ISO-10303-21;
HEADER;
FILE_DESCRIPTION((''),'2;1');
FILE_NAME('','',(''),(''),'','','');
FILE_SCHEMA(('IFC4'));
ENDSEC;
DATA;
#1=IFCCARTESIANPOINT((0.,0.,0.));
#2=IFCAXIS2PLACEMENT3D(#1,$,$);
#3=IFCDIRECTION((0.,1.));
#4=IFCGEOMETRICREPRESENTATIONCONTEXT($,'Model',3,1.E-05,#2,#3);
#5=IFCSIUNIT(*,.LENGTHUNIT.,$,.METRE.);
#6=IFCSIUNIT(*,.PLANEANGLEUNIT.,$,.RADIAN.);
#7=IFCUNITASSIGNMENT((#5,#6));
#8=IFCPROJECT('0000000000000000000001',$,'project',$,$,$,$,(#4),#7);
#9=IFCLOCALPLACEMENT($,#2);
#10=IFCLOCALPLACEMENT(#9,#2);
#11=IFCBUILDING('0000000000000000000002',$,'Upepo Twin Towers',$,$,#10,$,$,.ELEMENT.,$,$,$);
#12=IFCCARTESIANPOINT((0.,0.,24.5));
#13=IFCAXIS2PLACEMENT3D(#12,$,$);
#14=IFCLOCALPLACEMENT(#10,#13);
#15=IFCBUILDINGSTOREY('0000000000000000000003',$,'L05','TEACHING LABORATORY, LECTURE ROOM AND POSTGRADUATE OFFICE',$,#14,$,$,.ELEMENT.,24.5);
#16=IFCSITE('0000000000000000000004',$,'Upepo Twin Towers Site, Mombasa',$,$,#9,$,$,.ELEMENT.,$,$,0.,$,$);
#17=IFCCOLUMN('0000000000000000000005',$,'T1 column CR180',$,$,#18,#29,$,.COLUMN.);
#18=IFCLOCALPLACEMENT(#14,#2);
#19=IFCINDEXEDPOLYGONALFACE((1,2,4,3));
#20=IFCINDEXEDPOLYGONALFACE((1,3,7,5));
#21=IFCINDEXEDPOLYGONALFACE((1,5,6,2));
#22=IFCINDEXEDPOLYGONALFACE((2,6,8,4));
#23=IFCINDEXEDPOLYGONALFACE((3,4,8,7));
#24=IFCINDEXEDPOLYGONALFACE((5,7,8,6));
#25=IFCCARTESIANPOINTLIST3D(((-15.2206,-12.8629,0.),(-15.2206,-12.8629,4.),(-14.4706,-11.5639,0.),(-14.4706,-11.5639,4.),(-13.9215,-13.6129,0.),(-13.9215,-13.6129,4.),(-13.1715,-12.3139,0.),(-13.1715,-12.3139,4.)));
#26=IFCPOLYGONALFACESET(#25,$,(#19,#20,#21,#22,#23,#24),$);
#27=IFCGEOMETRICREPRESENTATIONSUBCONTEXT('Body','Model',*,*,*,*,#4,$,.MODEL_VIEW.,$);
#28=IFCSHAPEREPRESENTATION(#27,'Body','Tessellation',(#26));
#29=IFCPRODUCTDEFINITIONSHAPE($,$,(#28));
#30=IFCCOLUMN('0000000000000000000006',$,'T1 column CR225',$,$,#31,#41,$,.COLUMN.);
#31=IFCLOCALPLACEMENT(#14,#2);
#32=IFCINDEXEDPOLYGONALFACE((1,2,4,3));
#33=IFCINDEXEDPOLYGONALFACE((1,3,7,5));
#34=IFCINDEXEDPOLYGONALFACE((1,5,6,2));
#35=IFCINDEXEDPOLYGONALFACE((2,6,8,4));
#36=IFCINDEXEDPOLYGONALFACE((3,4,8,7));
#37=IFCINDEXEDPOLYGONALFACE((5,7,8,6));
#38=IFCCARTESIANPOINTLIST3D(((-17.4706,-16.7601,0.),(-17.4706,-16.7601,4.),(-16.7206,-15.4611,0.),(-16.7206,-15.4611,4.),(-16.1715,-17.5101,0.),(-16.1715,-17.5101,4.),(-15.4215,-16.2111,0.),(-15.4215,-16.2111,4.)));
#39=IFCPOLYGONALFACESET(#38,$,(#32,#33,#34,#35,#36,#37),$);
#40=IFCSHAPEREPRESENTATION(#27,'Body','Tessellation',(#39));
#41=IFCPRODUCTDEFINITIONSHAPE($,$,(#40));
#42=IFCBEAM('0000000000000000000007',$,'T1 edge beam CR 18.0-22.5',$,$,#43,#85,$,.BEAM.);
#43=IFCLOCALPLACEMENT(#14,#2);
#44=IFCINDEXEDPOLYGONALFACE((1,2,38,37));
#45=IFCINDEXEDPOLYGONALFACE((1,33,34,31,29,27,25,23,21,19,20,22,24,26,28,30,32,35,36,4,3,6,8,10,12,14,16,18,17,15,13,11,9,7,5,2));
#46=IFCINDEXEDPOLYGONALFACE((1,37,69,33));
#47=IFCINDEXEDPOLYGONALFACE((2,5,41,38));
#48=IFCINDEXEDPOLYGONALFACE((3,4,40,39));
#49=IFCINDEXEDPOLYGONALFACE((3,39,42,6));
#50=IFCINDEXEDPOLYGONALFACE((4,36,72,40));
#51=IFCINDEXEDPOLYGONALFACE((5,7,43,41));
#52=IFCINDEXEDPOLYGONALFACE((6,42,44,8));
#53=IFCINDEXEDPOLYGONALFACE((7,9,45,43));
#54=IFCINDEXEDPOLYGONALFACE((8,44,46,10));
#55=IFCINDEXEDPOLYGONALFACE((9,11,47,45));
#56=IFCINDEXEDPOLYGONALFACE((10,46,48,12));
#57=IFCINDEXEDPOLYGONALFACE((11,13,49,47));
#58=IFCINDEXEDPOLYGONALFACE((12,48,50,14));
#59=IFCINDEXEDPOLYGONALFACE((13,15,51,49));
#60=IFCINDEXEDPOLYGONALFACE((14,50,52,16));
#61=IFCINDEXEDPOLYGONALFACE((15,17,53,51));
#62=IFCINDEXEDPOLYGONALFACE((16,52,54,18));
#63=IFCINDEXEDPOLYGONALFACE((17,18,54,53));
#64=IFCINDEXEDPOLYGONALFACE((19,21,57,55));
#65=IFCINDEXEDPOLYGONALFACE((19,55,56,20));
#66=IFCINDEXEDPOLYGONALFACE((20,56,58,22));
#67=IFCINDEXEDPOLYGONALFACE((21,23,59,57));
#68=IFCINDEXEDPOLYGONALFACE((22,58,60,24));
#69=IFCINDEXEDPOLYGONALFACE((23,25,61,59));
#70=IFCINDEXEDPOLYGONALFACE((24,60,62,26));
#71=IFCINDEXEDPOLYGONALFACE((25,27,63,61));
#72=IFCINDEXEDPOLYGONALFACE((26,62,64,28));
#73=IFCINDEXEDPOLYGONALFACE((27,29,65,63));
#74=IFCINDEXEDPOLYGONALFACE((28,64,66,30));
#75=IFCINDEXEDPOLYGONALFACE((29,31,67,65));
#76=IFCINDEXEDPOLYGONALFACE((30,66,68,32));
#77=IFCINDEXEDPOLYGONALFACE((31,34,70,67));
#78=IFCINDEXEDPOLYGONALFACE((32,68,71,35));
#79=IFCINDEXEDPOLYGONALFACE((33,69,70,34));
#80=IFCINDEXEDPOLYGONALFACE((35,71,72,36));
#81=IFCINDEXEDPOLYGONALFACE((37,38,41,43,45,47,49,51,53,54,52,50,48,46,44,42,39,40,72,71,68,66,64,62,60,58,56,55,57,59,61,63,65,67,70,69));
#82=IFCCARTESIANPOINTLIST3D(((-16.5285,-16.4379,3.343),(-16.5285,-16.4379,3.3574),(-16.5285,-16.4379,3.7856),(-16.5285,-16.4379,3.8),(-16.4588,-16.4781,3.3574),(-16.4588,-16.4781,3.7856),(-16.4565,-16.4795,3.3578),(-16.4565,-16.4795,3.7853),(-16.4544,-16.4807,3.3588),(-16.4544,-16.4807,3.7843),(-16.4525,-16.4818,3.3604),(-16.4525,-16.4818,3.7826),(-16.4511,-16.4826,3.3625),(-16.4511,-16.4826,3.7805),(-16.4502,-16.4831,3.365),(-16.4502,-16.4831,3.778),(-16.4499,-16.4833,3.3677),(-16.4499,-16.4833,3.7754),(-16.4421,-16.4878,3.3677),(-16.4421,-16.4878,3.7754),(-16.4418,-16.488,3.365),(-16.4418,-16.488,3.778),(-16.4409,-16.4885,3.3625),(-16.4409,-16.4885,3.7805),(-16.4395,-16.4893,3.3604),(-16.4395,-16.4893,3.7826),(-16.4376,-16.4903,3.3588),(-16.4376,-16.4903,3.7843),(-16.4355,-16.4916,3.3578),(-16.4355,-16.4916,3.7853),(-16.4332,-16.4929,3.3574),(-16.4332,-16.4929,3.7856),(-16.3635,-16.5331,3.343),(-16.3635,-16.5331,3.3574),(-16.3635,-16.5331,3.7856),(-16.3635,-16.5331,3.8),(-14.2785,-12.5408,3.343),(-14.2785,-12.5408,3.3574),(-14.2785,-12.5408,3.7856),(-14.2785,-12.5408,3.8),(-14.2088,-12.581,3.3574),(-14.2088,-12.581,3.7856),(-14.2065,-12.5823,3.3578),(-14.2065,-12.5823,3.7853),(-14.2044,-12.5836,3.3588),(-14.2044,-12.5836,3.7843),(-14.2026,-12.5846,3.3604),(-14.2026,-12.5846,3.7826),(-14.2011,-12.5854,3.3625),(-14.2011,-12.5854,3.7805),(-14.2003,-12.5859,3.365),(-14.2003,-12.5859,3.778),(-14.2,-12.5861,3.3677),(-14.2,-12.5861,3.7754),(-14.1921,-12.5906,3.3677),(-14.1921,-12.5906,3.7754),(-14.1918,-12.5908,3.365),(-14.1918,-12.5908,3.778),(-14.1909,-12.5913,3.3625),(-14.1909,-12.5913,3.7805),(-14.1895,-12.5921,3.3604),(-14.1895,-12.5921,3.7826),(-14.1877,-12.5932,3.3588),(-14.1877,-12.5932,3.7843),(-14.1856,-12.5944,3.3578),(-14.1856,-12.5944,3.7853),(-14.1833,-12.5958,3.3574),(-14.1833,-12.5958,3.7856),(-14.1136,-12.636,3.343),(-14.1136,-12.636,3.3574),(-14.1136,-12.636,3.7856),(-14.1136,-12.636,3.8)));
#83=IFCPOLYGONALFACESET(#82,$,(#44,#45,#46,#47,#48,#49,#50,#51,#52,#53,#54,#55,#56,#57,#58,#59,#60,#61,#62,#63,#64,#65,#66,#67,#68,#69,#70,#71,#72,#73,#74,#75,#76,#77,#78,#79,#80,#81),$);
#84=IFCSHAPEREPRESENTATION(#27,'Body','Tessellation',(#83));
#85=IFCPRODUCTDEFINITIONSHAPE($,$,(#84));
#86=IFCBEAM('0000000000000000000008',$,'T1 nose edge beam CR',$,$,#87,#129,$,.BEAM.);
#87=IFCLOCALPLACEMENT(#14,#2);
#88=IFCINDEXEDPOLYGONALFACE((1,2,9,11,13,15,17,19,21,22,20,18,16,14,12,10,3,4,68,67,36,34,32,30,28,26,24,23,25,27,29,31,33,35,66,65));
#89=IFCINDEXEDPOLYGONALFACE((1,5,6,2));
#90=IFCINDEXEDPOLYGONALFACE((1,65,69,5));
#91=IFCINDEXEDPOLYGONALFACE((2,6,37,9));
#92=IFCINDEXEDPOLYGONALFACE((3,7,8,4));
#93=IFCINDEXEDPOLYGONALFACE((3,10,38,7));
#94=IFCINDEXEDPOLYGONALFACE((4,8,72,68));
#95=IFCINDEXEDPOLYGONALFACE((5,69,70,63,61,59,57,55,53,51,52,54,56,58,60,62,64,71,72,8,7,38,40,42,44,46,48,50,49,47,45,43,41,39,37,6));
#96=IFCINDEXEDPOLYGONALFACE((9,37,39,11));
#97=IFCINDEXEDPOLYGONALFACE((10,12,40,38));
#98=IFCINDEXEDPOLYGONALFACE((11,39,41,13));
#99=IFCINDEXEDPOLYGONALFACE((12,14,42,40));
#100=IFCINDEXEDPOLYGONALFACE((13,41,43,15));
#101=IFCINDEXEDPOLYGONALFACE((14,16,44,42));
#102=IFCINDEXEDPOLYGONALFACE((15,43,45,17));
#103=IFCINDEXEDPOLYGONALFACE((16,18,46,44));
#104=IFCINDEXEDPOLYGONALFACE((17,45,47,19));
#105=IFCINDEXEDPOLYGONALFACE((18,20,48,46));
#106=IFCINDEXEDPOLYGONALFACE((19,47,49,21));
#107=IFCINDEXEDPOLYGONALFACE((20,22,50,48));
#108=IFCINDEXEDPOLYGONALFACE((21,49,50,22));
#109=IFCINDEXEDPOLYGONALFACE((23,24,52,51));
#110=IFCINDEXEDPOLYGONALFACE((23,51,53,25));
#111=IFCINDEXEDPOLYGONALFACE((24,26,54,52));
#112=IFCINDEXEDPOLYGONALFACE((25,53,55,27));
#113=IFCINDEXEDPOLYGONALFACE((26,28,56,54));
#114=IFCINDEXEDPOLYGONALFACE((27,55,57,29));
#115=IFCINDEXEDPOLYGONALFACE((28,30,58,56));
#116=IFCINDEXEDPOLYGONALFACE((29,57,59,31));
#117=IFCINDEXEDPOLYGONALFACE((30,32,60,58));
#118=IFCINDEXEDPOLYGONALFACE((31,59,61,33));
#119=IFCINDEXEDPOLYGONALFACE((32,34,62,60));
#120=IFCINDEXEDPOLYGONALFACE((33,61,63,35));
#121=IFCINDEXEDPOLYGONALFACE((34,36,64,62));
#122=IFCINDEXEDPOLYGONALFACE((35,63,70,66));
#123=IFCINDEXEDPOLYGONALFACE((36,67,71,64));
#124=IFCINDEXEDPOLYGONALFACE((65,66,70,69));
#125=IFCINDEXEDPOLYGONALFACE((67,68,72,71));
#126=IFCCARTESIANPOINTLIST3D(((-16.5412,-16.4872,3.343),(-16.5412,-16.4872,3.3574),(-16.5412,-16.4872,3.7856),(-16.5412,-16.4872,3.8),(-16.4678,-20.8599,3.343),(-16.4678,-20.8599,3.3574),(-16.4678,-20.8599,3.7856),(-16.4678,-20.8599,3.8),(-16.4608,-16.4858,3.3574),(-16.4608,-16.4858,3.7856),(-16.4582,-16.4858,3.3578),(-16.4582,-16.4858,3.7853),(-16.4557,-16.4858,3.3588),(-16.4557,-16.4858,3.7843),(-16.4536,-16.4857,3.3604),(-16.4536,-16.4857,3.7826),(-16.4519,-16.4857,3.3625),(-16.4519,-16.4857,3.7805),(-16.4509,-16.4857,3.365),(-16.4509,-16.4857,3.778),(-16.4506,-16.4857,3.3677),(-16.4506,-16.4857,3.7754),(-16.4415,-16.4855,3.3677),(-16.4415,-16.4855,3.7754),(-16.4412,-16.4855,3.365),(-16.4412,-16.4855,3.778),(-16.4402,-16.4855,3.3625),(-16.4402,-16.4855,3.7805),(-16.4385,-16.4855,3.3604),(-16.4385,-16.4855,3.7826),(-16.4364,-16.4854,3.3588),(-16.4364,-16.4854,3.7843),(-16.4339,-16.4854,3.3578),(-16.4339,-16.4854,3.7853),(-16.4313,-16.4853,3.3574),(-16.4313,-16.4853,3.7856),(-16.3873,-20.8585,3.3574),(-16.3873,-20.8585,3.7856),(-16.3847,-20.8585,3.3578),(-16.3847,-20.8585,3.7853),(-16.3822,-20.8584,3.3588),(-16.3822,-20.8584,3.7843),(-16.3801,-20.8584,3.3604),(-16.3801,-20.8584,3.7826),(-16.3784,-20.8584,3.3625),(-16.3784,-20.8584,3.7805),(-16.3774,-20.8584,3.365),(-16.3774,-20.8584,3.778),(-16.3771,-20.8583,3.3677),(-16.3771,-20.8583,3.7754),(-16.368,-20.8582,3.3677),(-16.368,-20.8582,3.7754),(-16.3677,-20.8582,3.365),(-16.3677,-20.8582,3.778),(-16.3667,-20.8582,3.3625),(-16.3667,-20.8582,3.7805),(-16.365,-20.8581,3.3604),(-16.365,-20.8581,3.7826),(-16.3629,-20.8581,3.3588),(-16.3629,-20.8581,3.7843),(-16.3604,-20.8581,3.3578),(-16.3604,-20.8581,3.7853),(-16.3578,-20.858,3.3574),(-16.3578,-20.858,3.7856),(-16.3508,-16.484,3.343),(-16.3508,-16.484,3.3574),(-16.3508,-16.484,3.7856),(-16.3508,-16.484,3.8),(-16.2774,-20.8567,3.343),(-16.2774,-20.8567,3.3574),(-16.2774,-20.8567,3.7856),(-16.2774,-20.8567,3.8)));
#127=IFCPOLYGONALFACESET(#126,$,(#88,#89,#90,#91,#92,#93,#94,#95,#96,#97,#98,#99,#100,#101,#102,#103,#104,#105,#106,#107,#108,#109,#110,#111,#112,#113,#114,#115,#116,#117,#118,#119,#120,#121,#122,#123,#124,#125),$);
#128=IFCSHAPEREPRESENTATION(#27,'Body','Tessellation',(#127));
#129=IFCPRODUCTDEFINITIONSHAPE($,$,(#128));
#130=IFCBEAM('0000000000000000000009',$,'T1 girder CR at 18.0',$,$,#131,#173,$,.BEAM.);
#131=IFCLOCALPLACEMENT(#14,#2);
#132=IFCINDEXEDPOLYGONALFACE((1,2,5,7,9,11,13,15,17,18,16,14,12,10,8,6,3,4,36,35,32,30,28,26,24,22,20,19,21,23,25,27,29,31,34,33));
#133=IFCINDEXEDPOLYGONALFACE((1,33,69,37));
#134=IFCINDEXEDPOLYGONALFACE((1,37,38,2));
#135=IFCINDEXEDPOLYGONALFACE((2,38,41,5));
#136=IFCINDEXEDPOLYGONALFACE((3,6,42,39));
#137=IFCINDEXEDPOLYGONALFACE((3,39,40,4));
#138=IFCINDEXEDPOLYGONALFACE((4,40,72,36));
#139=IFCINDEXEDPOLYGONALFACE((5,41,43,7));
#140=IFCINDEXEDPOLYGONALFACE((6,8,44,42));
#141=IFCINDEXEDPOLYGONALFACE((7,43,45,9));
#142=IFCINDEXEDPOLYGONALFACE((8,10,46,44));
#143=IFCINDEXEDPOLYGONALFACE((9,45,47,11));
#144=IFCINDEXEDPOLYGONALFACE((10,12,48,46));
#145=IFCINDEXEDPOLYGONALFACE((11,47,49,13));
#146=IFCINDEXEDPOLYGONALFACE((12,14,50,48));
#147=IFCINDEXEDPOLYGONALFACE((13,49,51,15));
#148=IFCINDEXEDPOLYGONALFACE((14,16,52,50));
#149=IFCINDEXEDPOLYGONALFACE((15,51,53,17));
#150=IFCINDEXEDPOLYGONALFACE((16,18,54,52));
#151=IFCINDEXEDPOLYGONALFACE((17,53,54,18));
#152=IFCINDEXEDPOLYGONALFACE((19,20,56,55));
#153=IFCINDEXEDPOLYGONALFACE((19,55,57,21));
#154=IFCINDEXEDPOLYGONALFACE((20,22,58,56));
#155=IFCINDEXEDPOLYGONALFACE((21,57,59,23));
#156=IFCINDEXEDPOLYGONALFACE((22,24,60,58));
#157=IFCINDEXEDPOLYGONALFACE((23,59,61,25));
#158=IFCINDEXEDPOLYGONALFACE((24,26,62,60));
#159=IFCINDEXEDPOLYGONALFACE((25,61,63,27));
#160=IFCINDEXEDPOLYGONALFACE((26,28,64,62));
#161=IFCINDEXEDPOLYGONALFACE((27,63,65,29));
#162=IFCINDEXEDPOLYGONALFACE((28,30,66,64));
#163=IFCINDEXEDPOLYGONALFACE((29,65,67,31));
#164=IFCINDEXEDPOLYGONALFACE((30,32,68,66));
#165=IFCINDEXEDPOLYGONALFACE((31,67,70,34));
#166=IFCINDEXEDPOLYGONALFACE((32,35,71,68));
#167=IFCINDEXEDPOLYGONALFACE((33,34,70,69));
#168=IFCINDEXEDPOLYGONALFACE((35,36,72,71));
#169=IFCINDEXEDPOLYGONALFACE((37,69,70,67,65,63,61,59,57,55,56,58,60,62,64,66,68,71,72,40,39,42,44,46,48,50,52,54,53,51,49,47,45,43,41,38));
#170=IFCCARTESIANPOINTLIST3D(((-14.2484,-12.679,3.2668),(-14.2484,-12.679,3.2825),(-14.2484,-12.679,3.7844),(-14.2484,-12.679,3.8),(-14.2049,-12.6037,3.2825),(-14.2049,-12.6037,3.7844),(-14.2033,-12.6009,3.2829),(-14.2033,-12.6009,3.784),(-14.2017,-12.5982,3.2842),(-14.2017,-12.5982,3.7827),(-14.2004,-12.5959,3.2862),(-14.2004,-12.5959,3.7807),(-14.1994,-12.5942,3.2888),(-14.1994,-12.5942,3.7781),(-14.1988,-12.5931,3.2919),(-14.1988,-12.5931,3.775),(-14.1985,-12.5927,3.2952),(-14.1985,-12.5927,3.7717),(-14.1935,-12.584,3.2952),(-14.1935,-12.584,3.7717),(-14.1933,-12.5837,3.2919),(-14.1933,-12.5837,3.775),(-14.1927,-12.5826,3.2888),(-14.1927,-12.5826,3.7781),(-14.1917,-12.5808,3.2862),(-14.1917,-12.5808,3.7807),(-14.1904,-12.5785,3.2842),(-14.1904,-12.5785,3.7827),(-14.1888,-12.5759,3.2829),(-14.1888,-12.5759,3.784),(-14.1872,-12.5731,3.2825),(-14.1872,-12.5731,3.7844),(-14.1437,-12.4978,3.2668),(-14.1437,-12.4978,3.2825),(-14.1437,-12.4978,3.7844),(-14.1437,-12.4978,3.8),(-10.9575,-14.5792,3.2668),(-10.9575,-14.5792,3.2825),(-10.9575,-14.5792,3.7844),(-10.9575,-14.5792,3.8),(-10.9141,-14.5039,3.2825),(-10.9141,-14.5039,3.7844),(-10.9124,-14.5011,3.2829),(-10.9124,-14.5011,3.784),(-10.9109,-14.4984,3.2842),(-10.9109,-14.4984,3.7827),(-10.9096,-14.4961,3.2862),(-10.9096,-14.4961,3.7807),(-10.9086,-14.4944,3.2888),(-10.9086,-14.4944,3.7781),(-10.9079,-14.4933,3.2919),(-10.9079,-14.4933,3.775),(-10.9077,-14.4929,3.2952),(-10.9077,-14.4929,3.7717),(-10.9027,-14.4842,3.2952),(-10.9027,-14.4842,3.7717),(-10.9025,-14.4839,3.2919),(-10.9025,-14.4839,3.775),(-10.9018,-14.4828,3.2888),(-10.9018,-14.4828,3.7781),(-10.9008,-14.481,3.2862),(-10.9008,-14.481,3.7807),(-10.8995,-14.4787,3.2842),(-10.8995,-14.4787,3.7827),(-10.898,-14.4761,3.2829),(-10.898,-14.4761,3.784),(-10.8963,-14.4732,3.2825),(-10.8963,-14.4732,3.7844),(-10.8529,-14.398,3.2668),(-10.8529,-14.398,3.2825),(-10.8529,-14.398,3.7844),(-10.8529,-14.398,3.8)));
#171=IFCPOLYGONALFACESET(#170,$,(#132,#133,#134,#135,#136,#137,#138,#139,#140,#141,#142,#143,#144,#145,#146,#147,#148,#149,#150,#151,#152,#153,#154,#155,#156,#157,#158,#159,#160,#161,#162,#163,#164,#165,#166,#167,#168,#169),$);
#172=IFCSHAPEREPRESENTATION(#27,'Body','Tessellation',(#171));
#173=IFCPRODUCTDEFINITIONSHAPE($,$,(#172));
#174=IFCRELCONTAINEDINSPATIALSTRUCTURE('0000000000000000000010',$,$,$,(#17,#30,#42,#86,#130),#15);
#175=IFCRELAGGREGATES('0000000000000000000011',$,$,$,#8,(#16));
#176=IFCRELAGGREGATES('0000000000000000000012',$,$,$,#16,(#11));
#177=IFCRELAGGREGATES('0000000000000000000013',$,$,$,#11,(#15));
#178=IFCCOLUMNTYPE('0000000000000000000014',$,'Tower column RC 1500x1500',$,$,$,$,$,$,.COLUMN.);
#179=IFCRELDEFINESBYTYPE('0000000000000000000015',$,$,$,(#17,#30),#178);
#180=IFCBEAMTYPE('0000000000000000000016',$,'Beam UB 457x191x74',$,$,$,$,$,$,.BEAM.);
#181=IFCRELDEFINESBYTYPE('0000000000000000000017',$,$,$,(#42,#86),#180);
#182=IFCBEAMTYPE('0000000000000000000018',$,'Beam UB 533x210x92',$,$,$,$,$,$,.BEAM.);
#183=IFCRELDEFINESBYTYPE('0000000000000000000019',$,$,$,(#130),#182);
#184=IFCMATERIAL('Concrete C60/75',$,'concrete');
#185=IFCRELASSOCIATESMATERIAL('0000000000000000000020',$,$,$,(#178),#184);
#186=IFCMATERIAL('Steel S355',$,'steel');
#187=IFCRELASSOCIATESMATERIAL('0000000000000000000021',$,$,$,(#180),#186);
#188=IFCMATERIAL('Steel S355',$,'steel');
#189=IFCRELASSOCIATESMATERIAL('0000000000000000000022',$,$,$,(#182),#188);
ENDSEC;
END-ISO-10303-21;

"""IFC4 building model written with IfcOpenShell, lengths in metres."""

from ifc_helpers import new_model, si_unit, direction, frame, origin, origin_2d, place, context, subcontext, project, spatial, rectangle, i_section, extrude, material, material_profile, profile_set, type_object, element, save


model = new_model("IFC4")

# Units and contexts
model_context = context("Model", 3, precision=1e-05, world=origin(), true_north=direction((0.0, 1.0)))
body_context = subcontext(model_context, "Body", "Model", "MODEL_VIEW")
ifc_project = project(units=[si_unit("LENGTHUNIT", "METRE"), si_unit("PLANEANGLEUNIT", "RADIAN")], contexts=[model_context])

# Site, building, storey
site_placement = place(None, origin())
site = spatial("IfcSite", under=ifc_project, at=site_placement, Name="Upepo Twin Towers Site, Mombasa", CompositionType="ELEMENT", RefElevation=0.0)
building_placement = place(site_placement, origin())
building = spatial("IfcBuilding", under=site, at=building_placement, Name="Upepo Twin Towers", CompositionType="ELEMENT")
storey_placement = place(building_placement, frame((0.0, 0.0, 24.5)))
storey = spatial("IfcBuildingStorey", under=building, at=storey_placement, Name="L05", Description="TEACHING LABORATORY, LECTURE ROOM AND POSTGRADUATE OFFICE", CompositionType="ELEMENT", Elevation=24.5)

# Columns
ifc_material_1 = material(Name="Concrete C60/75", Category="concrete")
ifc_material_profile_1 = material_profile(ifc_material_1, rectangle(XDim=1.5, YDim=1.5, at=origin_2d()), Name="RC 1500x1500")
ifc_profile_set_1 = profile_set([ifc_material_profile_1], Name="Concrete C60/75")
column_type = type_object("IfcColumnType", Name="Tower column RC 1500x1500", PredefinedType="COLUMN", material=ifc_profile_set_1)
for number, where, z_axis, x_axis, name in (
    (1, (-14.196, -12.5884, 0.0), (0.0, 0.0, 1.0), (0.5, 0.866025, 0.0), "T1 column CR180"),
    (2, (-16.446, -16.4856, 0.0), (0.0, 0.0, 1.0), (0.5, 0.866025, 0.0), "T1 column CR225"),
):
    element("IfcColumn", number, at=place(storey_placement, frame(where, z_axis=z_axis, x_axis=x_axis)), inside=storey, type_object=column_type, Name=name, PredefinedType="COLUMN", context=body_context, shape_type="SweptSolid", body=[
        extrude(rectangle(XDim=1.5, YDim=1.5, at=origin_2d()), origin(), (0.0, 0.0, 1.0), 4.0),
    ])

# Beams
ifc_material_2 = material(Name="Steel S355", Category="steel")
ifc_material_profile_2 = material_profile(ifc_material_2, i_section(OverallWidth=0.1904, OverallDepth=0.457, WebThickness=0.009, FlangeThickness=0.0144, FilletRadius=0.0103, at=origin_2d()), Name="UB 457x191x74")
ifc_profile_set_2 = profile_set([ifc_material_profile_2], Name="Steel S355")
beam_type_1 = type_object("IfcBeamType", Name="Beam UB 457x191x74", PredefinedType="BEAM", material=ifc_profile_set_2)
beam_1_placement = place(storey_placement, frame((-14.196, -12.5884, 3.5715), z_axis=(-0.49999, -0.866031, 0.0), x_axis=(0.866031, -0.49999, 0.0)))
element("IfcBeam", 3, at=beam_1_placement, inside=storey, type_object=beam_type_1, Name="T1 edge beam CR 18.0-22.5", PredefinedType="BEAM", context=body_context, shape_type="SweptSolid", body=[
    extrude(i_section(OverallWidth=0.1904, OverallDepth=0.457, WebThickness=0.009, FlangeThickness=0.0144, FilletRadius=0.0103, at=origin_2d()), origin(), (0.0, 0.0, 1.0), 4.5),
])
beam_2_placement = place(storey_placement, frame((-16.446, -16.4856, 3.5715), z_axis=(0.016804, -0.999859, 0.0), x_axis=(0.999859, 0.016804, 0.0)))
element("IfcBeam", 4, at=beam_2_placement, inside=storey, type_object=beam_type_1, Name="T1 nose edge beam CR", PredefinedType="BEAM", context=body_context, shape_type="SweptSolid", body=[
    extrude(i_section(OverallWidth=0.1904, OverallDepth=0.457, WebThickness=0.009, FlangeThickness=0.0144, FilletRadius=0.0103, at=origin_2d()), origin(), (0.0, 0.0, 1.0), 4.3733),
])
ifc_material_3 = material(Name="Steel S355", Category="steel")
ifc_material_profile_3 = material_profile(ifc_material_3, i_section(OverallWidth=0.2092, OverallDepth=0.5332, WebThickness=0.01, FlangeThickness=0.0156, FilletRadius=0.0127, at=origin_2d()), Name="UB 533x210x92")
ifc_profile_set_3 = profile_set([ifc_material_profile_3], Name="Steel S355")
beam_type_2 = type_object("IfcBeamType", Name="Beam UB 533x210x92", PredefinedType="BEAM", material=ifc_profile_set_3)
beam_3_placement = place(storey_placement, frame((-14.196, -12.5884, 3.5334), z_axis=(0.866, -0.500043, 0.0), x_axis=(0.500043, 0.866, 0.0)))
element("IfcBeam", 5, at=beam_3_placement, inside=storey, type_object=beam_type_2, Name="T1 girder CR at 18.0", PredefinedType="BEAM", context=body_context, shape_type="SweptSolid", body=[
    extrude(i_section(OverallWidth=0.2092, OverallDepth=0.5332, WebThickness=0.01, FlangeThickness=0.0156, FilletRadius=0.0127, at=origin_2d()), origin(), (0.0, 0.0, 1.0), 3.8),
])

save(model, "model.ifc")
